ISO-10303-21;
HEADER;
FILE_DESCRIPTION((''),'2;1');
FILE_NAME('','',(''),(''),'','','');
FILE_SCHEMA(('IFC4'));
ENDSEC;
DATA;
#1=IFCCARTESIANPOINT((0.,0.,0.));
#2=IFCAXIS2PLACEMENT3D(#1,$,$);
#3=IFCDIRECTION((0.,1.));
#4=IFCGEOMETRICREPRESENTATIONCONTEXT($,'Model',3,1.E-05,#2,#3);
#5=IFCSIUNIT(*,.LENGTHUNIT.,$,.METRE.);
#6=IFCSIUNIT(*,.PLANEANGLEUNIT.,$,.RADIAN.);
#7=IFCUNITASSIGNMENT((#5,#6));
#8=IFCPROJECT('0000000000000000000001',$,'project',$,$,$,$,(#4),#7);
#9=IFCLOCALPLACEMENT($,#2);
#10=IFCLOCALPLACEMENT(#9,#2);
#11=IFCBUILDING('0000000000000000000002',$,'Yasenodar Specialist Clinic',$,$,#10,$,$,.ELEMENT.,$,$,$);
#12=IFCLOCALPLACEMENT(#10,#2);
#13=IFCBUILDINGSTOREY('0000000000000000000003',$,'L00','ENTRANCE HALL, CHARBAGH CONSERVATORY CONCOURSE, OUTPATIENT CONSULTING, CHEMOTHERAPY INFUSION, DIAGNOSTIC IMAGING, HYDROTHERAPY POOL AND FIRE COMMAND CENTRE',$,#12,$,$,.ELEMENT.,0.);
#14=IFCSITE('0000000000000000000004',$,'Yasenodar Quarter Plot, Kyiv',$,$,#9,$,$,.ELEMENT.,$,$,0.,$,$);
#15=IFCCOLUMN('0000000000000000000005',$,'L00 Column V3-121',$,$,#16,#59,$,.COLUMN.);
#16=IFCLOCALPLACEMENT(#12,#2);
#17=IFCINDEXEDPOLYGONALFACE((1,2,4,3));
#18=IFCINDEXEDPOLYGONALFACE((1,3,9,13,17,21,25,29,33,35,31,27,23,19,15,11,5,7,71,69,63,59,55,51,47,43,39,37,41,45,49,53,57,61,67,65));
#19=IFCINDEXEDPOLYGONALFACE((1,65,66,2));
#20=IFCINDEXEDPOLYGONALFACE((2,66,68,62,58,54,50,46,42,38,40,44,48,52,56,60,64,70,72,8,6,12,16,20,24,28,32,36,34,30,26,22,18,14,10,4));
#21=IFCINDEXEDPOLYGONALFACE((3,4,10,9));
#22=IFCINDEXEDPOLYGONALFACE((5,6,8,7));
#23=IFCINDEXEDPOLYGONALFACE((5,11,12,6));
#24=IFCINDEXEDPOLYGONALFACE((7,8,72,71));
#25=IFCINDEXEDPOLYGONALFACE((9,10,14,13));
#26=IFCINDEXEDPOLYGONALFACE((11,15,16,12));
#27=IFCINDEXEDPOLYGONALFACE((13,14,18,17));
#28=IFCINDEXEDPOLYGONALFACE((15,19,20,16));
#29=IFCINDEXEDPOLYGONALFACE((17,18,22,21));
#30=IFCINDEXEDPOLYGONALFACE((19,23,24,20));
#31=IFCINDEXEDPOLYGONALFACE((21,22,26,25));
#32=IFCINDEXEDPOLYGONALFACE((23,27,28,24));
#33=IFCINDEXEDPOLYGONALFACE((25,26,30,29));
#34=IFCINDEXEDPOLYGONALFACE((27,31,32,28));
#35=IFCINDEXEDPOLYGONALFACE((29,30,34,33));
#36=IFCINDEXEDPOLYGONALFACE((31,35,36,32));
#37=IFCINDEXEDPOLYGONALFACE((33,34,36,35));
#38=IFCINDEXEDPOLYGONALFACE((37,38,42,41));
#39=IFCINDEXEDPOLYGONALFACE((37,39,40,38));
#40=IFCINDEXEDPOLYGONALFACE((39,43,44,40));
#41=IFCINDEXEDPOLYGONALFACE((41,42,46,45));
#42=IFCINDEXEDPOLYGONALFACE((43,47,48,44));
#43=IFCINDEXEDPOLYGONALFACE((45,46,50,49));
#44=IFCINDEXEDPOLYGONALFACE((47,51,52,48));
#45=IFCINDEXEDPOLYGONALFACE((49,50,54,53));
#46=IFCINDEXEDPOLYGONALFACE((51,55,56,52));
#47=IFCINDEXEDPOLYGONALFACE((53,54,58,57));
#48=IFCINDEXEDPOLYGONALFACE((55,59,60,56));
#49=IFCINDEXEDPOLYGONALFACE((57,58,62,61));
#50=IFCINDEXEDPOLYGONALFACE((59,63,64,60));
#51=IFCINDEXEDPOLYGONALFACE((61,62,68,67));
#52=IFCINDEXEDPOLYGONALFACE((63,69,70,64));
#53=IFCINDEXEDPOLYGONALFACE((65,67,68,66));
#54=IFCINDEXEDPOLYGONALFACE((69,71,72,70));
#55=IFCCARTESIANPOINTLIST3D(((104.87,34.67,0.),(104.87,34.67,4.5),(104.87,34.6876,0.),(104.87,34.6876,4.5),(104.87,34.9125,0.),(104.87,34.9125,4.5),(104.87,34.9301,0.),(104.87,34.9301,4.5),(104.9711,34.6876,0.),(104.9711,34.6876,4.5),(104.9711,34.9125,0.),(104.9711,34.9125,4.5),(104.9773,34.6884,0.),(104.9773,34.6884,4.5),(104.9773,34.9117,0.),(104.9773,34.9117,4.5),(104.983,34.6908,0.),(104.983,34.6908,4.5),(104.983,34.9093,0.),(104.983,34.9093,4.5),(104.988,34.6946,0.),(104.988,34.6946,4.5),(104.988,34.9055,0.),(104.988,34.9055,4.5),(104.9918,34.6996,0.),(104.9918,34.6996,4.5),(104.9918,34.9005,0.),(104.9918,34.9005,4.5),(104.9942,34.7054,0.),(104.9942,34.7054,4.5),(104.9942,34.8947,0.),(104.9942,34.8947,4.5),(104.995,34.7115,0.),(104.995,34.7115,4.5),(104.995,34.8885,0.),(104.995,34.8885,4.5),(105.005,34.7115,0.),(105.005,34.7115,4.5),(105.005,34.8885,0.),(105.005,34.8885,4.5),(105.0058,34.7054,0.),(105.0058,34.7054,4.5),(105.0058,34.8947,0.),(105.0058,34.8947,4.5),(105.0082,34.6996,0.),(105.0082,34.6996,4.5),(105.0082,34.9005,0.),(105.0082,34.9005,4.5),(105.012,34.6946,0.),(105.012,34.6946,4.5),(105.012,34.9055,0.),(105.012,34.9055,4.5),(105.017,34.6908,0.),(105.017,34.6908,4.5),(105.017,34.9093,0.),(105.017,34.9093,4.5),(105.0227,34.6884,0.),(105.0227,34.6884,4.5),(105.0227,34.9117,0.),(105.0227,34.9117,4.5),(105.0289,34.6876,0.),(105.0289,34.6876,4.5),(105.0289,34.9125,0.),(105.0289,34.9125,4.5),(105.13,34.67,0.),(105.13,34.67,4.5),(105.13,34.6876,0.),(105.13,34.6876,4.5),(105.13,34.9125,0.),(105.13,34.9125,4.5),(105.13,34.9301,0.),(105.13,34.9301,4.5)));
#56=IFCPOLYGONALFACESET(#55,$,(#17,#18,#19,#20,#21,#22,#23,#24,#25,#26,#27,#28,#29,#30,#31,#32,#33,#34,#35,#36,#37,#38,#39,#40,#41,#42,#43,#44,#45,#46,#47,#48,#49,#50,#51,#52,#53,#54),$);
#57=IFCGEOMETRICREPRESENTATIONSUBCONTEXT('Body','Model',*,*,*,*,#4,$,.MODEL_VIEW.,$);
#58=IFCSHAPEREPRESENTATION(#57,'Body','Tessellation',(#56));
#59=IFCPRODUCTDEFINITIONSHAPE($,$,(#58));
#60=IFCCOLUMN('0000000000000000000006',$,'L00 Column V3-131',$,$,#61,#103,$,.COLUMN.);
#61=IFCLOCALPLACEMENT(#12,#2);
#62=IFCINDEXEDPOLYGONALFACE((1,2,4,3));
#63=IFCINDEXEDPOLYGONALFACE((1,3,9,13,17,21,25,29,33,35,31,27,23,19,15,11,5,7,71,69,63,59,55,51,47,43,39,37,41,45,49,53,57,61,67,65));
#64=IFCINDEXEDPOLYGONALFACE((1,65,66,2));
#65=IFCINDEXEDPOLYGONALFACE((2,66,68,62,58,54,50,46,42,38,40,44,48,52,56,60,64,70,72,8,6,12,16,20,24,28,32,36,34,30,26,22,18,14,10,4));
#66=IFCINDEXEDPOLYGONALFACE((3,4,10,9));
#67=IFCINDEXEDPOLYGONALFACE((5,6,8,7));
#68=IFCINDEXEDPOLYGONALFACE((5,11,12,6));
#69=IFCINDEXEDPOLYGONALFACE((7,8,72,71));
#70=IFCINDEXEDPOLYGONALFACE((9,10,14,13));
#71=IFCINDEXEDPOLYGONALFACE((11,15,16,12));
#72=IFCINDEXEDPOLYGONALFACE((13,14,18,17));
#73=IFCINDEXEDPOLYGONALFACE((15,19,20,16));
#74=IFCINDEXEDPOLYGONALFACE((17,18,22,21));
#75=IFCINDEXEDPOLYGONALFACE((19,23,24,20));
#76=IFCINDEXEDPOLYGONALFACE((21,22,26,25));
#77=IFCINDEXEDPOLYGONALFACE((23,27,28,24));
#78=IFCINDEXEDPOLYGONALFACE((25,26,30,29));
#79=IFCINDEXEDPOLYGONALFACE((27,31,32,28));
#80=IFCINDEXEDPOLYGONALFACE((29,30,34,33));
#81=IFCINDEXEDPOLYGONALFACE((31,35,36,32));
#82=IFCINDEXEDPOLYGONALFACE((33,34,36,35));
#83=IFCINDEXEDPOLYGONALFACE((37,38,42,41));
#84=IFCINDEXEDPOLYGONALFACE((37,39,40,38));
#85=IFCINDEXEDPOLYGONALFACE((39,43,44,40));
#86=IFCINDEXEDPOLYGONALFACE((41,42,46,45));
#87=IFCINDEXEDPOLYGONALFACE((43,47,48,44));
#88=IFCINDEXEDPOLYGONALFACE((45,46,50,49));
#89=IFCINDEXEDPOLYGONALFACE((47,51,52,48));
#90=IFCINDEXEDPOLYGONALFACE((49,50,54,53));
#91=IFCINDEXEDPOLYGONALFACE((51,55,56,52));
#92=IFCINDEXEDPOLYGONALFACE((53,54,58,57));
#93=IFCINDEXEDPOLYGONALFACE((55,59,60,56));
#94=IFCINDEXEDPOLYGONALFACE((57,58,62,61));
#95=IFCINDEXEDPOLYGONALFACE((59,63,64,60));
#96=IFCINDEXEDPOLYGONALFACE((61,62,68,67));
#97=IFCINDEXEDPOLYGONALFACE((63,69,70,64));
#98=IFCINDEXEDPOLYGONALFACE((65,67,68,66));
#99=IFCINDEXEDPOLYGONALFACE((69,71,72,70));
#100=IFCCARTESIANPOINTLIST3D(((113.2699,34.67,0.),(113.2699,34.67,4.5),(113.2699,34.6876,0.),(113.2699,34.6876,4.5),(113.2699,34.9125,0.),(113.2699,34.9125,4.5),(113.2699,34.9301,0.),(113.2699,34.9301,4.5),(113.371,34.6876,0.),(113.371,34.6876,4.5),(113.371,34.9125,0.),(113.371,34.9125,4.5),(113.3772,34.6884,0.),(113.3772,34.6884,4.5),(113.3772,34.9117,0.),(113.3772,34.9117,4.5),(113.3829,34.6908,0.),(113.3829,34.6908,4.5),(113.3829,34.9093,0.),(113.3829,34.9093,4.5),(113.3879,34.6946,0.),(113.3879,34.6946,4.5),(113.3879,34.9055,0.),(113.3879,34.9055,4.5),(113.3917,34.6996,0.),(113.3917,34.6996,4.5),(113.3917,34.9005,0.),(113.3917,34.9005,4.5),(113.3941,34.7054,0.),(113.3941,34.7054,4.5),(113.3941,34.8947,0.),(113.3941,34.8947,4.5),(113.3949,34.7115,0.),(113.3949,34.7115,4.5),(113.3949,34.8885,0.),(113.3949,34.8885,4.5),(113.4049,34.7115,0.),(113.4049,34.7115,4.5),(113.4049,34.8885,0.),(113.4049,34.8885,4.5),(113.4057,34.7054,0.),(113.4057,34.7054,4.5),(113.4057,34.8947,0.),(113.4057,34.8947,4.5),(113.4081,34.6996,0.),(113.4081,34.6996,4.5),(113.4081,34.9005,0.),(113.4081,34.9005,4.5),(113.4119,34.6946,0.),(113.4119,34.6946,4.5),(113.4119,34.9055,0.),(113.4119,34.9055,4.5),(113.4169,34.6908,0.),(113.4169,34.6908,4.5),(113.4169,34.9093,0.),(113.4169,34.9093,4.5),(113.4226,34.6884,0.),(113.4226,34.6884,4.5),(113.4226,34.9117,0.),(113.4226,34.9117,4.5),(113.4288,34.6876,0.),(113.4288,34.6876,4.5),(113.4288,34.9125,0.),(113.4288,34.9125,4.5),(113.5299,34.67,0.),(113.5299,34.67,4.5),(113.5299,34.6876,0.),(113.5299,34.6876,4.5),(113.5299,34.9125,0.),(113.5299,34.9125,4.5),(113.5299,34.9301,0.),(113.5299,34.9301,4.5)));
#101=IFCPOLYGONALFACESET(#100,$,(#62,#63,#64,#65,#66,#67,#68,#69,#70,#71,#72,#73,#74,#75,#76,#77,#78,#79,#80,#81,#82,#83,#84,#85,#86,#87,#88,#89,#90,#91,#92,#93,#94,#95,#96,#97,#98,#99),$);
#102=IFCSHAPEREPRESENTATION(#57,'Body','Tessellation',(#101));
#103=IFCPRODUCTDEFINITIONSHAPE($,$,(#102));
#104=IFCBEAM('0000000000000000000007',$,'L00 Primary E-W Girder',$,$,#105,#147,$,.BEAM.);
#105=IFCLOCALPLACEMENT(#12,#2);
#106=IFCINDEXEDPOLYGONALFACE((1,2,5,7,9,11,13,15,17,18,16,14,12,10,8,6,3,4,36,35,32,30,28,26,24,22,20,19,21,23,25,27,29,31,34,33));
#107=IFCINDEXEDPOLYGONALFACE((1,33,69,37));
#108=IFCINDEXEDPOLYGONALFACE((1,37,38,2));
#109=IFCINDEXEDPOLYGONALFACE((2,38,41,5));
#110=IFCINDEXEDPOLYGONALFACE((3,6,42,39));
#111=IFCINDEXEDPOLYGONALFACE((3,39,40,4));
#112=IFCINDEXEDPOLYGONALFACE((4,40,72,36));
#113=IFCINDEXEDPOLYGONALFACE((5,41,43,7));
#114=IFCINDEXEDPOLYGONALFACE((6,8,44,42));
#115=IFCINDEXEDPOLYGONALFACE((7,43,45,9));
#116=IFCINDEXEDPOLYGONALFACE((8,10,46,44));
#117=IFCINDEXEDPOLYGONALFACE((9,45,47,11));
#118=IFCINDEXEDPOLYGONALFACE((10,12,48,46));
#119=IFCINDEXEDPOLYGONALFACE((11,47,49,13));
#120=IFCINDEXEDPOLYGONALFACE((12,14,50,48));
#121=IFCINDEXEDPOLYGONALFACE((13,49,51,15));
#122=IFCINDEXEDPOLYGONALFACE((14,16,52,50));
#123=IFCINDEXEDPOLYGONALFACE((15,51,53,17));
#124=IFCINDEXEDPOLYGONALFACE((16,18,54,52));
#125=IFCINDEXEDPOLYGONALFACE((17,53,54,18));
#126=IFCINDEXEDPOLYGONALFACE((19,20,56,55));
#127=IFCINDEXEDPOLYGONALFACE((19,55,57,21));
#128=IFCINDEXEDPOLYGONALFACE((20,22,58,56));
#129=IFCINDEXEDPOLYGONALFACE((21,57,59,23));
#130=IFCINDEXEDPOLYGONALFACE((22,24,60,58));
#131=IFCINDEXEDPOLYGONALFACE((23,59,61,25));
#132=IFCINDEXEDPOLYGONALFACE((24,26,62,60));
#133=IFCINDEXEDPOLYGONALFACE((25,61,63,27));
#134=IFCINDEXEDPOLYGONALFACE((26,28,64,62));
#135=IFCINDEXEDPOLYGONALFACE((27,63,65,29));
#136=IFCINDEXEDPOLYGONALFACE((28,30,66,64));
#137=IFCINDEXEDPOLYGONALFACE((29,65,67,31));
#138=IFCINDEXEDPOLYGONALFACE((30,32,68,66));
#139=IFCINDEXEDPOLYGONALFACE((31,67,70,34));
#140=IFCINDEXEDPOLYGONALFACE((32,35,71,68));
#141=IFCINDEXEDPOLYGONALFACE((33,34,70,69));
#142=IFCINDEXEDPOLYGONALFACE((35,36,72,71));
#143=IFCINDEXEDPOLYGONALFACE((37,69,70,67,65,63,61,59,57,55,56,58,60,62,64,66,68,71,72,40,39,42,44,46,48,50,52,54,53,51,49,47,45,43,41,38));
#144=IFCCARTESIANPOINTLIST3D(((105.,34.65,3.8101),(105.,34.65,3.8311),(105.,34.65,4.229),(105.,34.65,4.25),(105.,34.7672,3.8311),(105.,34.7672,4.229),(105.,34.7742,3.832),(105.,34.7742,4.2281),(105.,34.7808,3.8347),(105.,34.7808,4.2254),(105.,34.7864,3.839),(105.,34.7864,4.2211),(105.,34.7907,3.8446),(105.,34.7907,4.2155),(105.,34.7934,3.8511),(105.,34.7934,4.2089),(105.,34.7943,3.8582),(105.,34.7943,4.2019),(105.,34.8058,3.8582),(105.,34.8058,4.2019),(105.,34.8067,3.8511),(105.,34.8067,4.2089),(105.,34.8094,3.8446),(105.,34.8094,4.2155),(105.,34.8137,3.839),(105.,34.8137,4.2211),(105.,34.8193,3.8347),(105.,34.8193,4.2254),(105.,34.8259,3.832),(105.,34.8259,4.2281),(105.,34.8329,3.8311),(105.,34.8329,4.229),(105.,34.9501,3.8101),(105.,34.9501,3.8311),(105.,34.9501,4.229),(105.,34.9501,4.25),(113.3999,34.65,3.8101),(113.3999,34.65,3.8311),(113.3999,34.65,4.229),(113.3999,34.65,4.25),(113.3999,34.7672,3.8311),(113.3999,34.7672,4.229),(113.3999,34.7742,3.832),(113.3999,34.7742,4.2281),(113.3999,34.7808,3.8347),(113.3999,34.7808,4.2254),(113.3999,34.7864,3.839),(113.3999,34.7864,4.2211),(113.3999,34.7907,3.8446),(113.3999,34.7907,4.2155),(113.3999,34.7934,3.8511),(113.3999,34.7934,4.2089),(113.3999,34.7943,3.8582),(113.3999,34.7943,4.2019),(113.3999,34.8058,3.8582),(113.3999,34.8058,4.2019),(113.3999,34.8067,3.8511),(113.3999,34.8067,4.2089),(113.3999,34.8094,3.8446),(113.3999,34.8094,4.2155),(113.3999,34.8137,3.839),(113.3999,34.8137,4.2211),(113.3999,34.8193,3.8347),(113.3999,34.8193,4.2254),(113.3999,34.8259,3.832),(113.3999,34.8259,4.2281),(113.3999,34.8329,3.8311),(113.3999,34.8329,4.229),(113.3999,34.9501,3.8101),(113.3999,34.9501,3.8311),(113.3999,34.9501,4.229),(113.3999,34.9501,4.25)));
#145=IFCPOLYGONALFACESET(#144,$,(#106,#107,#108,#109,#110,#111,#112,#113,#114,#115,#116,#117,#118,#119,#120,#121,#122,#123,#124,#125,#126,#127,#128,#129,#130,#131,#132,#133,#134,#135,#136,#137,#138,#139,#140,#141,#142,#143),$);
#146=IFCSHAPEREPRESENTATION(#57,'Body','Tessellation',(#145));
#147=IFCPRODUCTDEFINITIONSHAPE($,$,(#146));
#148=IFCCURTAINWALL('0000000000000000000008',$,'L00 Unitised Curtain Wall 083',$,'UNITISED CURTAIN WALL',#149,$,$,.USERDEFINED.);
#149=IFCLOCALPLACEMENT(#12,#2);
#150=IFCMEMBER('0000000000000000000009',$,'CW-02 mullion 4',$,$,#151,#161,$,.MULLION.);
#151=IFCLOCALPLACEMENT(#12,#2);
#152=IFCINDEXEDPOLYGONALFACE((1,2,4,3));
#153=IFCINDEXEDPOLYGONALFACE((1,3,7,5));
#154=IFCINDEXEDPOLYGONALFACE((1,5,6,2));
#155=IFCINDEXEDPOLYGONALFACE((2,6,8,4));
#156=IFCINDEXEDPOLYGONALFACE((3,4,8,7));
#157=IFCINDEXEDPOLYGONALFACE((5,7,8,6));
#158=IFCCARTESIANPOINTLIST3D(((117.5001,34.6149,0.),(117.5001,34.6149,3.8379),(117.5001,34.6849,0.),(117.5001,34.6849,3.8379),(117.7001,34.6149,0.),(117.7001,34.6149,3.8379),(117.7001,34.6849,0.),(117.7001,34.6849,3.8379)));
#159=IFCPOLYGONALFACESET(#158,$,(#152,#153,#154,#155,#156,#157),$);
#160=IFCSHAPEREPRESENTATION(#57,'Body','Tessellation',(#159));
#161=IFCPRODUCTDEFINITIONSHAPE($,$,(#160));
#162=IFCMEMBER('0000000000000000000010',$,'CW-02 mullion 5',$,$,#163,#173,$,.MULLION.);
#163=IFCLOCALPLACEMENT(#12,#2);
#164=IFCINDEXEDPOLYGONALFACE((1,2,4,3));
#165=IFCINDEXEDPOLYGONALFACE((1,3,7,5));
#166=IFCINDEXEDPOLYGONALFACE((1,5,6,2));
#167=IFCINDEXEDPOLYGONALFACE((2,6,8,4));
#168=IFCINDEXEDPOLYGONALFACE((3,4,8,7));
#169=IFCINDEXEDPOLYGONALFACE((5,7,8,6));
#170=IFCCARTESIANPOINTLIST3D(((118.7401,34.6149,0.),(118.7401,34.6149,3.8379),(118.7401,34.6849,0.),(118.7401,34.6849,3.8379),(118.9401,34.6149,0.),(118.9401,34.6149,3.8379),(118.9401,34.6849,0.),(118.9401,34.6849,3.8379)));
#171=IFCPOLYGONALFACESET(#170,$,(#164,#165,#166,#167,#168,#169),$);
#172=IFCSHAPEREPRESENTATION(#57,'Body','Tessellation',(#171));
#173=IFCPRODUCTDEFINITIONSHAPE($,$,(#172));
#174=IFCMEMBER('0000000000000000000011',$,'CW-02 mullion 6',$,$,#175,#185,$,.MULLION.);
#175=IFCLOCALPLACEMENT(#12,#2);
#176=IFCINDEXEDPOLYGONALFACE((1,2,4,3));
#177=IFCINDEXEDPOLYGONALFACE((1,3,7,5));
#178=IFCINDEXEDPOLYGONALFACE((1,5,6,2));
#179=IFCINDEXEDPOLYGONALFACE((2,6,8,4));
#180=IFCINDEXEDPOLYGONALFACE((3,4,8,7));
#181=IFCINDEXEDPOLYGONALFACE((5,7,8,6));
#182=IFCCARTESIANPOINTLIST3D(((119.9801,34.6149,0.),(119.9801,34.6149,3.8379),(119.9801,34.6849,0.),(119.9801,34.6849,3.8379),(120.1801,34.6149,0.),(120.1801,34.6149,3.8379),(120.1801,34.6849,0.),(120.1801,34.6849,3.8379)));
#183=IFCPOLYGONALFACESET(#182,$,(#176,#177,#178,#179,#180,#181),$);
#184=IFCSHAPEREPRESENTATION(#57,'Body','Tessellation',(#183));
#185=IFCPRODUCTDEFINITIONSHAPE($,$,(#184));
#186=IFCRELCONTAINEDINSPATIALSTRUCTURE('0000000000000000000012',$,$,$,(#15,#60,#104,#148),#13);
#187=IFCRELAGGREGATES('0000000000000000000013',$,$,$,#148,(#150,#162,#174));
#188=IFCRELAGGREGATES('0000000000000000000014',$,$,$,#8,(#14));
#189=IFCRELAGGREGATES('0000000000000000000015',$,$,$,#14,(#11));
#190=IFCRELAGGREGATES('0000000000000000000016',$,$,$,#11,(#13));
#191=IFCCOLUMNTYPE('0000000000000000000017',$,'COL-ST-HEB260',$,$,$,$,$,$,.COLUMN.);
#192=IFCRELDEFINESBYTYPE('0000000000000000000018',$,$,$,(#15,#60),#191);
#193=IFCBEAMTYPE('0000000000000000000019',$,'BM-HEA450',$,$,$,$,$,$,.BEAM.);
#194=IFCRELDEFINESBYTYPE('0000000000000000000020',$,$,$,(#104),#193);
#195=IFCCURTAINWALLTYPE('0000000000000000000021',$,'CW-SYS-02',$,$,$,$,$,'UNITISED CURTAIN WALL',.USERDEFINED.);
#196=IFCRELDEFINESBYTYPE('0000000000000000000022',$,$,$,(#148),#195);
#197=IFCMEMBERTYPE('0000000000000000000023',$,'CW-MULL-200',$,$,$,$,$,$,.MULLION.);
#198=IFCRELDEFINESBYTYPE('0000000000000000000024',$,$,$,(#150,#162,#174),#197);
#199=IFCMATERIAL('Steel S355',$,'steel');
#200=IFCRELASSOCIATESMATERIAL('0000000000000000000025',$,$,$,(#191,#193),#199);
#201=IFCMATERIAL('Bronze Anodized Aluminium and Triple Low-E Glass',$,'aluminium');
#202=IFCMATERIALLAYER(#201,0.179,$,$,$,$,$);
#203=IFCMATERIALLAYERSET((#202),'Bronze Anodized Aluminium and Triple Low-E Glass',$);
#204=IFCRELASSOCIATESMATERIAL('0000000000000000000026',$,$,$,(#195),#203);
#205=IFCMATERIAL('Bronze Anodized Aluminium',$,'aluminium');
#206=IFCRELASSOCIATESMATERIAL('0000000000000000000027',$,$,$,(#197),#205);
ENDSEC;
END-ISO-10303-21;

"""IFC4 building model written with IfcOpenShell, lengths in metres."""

from ifc_helpers import new_model, si_unit, direction, frame, origin, origin_2d, place, context, subcontext, project, spatial, rectangle, i_section, extrude, material, layer, layer_set, material_profile, profile_set, type_object, element, aggregate, save


model = new_model("IFC4")

# Units and contexts
model_context = context("Model", 3, precision=1e-05, world=origin(), true_north=direction((0.0, 1.0)))
body_context = subcontext(model_context, "Body", "Model", "MODEL_VIEW")
ifc_project = project(units=[si_unit("LENGTHUNIT", "METRE"), si_unit("PLANEANGLEUNIT", "RADIAN")], contexts=[model_context])

# Site, building, storey
site_placement = place(None, origin())
site = spatial("IfcSite", under=ifc_project, at=site_placement, Name="Yasenodar Quarter Plot, Kyiv", CompositionType="ELEMENT", RefElevation=0.0)
building_placement = place(site_placement, origin())
building = spatial("IfcBuilding", under=site, at=building_placement, Name="Yasenodar Specialist Clinic", CompositionType="ELEMENT")
storey_placement = place(building_placement, origin())
storey = spatial("IfcBuildingStorey", under=building, at=storey_placement, Name="L00", Description="ENTRANCE HALL, CHARBAGH CONSERVATORY CONCOURSE, OUTPATIENT CONSULTING, CHEMOTHERAPY INFUSION, DIAGNOSTIC IMAGING, HYDROTHERAPY POOL AND FIRE COMMAND CENTRE", CompositionType="ELEMENT", Elevation=0.0)

# Columns
ifc_material_1 = material(Name="Steel S355", Category="steel")
ifc_material_profile_1 = material_profile(ifc_material_1, i_section(OverallWidth=0.26, OverallDepth=0.26, WebThickness=0.01, FlangeThickness=0.0176, FilletRadius=0.0239, at=origin_2d()), Name="HEB 260")
ifc_profile_set_1 = profile_set([ifc_material_profile_1], Name="Steel S355")
column_type = type_object("IfcColumnType", Name="COL-ST-HEB260", PredefinedType="COLUMN", material=ifc_profile_set_1)
for number, where, z_axis, x_axis, name in (
    (1, (105.0, 34.8, 0.0), (0.0, 0.0, 1.0), (1.0, 0.0, 0.0), "L00 Column V3-121"),
    (2, (113.3999, 34.8, 0.0), (0.0, 0.0, 1.0), (1.0, 0.0, 0.0), "L00 Column V3-131"),
):
    element("IfcColumn", number, at=place(storey_placement, frame(where, z_axis=z_axis, x_axis=x_axis)), inside=storey, type_object=column_type, Name=name, PredefinedType="COLUMN", context=body_context, shape_type="SweptSolid", body=[
        extrude(i_section(OverallWidth=0.26, OverallDepth=0.26, WebThickness=0.01, FlangeThickness=0.0176, FilletRadius=0.0239, at=origin_2d()), origin(), (0.0, 0.0, 1.0), 4.5),
    ])

# Beam
ifc_material_profile_2 = material_profile(ifc_material_1, i_section(OverallWidth=0.3, OverallDepth=0.4399, WebThickness=0.0115, FlangeThickness=0.021, FilletRadius=0.0271, at=origin_2d()), Name="HEA 450")
ifc_profile_set_2 = profile_set([ifc_material_profile_2], Name="Steel S355")
beam_type = type_object("IfcBeamType", Name="BM-HEA450", PredefinedType="BEAM", material=ifc_profile_set_2)
beam_placement = place(storey_placement, frame((105.0, 34.8, 4.03), z_axis=(1.0, 0.0, 0.0), x_axis=(0.0, 1.0, 0.0)))
element("IfcBeam", 3, at=beam_placement, inside=storey, type_object=beam_type, Name="L00 Primary E-W Girder", PredefinedType="BEAM", context=body_context, shape_type="SweptSolid", body=[
    extrude(i_section(OverallWidth=0.3, OverallDepth=0.4399, WebThickness=0.0115, FlangeThickness=0.021, FilletRadius=0.0271, at=origin_2d()), origin(), (0.0, 0.0, 1.0), 8.3999),
])

# Curtain wall, members
ifc_material_2 = material(Name="Bronze Anodized Aluminium and Triple Low-E Glass", Category="aluminium")
ifc_layer_1 = layer(ifc_material_2, 0.179)
ifc_layer_set_1 = layer_set([ifc_layer_1], Name="Bronze Anodized Aluminium and Triple Low-E Glass")
curtain_wall_type = type_object("IfcCurtainWallType", Name="CW-SYS-02", ElementType="UNITISED CURTAIN WALL", PredefinedType="USERDEFINED", material=ifc_layer_set_1)
curtain_wall_placement = place(storey_placement, origin())
curtain_wall = element("IfcCurtainWall", 4, at=curtain_wall_placement, inside=storey, type_object=curtain_wall_type, Name="L00 Unitised Curtain Wall 083", ObjectType="UNITISED CURTAIN WALL", PredefinedType="USERDEFINED")
ifc_material_3 = material(Name="Bronze Anodized Aluminium", Category="aluminium")
ifc_material_profile_3 = material_profile(ifc_material_3, rectangle(XDim=0.0701, YDim=0.2, at=origin_2d()), Name="CW-MULL 70x200")
ifc_profile_set_3 = profile_set([ifc_material_profile_3], Name="Bronze Anodized Aluminium")
member_type_1 = type_object("IfcMemberType", Name="CW-MULL-200", PredefinedType="MULLION", material=ifc_profile_set_3)
member_1_placement = place(storey_placement, frame((117.6001, 34.6499, 0.0), z_axis=(0.0, 0.0, 1.0), x_axis=(0.0, 1.0, 0.0)))
member_1 = element("IfcMember", 5, at=member_1_placement, type_object=member_type_1, Name="CW-02 mullion 4", PredefinedType="MULLION", context=body_context, shape_type="SweptSolid", body=[
    extrude(rectangle(XDim=0.0701, YDim=0.2, at=origin_2d()), origin(), (0.0, 0.0, 1.0), 3.8379),
])
member_2_placement = place(storey_placement, frame((118.8401, 34.6499, 0.0), z_axis=(0.0, 0.0, 1.0), x_axis=(0.0, 1.0, 0.0)))
member_2 = element("IfcMember", 6, at=member_2_placement, type_object=member_type_1, Name="CW-02 mullion 5", PredefinedType="MULLION", context=body_context, shape_type="SweptSolid", body=[
    extrude(rectangle(XDim=0.0701, YDim=0.2, at=origin_2d()), origin(), (0.0, 0.0, 1.0), 3.8379),
])
member_3_placement = place(storey_placement, frame((120.0801, 34.6499, 0.0), z_axis=(0.0, 0.0, 1.0), x_axis=(0.0, 1.0, 0.0)))
member_3 = element("IfcMember", 7, at=member_3_placement, type_object=member_type_1, Name="CW-02 mullion 6", PredefinedType="MULLION", context=body_context, shape_type="SweptSolid", body=[
    extrude(rectangle(XDim=0.0701, YDim=0.2, at=origin_2d()), origin(), (0.0, 0.0, 1.0), 3.8379),
])
aggregate(curtain_wall, [member_1, member_2, member_3])

save(model, "model.ifc")
